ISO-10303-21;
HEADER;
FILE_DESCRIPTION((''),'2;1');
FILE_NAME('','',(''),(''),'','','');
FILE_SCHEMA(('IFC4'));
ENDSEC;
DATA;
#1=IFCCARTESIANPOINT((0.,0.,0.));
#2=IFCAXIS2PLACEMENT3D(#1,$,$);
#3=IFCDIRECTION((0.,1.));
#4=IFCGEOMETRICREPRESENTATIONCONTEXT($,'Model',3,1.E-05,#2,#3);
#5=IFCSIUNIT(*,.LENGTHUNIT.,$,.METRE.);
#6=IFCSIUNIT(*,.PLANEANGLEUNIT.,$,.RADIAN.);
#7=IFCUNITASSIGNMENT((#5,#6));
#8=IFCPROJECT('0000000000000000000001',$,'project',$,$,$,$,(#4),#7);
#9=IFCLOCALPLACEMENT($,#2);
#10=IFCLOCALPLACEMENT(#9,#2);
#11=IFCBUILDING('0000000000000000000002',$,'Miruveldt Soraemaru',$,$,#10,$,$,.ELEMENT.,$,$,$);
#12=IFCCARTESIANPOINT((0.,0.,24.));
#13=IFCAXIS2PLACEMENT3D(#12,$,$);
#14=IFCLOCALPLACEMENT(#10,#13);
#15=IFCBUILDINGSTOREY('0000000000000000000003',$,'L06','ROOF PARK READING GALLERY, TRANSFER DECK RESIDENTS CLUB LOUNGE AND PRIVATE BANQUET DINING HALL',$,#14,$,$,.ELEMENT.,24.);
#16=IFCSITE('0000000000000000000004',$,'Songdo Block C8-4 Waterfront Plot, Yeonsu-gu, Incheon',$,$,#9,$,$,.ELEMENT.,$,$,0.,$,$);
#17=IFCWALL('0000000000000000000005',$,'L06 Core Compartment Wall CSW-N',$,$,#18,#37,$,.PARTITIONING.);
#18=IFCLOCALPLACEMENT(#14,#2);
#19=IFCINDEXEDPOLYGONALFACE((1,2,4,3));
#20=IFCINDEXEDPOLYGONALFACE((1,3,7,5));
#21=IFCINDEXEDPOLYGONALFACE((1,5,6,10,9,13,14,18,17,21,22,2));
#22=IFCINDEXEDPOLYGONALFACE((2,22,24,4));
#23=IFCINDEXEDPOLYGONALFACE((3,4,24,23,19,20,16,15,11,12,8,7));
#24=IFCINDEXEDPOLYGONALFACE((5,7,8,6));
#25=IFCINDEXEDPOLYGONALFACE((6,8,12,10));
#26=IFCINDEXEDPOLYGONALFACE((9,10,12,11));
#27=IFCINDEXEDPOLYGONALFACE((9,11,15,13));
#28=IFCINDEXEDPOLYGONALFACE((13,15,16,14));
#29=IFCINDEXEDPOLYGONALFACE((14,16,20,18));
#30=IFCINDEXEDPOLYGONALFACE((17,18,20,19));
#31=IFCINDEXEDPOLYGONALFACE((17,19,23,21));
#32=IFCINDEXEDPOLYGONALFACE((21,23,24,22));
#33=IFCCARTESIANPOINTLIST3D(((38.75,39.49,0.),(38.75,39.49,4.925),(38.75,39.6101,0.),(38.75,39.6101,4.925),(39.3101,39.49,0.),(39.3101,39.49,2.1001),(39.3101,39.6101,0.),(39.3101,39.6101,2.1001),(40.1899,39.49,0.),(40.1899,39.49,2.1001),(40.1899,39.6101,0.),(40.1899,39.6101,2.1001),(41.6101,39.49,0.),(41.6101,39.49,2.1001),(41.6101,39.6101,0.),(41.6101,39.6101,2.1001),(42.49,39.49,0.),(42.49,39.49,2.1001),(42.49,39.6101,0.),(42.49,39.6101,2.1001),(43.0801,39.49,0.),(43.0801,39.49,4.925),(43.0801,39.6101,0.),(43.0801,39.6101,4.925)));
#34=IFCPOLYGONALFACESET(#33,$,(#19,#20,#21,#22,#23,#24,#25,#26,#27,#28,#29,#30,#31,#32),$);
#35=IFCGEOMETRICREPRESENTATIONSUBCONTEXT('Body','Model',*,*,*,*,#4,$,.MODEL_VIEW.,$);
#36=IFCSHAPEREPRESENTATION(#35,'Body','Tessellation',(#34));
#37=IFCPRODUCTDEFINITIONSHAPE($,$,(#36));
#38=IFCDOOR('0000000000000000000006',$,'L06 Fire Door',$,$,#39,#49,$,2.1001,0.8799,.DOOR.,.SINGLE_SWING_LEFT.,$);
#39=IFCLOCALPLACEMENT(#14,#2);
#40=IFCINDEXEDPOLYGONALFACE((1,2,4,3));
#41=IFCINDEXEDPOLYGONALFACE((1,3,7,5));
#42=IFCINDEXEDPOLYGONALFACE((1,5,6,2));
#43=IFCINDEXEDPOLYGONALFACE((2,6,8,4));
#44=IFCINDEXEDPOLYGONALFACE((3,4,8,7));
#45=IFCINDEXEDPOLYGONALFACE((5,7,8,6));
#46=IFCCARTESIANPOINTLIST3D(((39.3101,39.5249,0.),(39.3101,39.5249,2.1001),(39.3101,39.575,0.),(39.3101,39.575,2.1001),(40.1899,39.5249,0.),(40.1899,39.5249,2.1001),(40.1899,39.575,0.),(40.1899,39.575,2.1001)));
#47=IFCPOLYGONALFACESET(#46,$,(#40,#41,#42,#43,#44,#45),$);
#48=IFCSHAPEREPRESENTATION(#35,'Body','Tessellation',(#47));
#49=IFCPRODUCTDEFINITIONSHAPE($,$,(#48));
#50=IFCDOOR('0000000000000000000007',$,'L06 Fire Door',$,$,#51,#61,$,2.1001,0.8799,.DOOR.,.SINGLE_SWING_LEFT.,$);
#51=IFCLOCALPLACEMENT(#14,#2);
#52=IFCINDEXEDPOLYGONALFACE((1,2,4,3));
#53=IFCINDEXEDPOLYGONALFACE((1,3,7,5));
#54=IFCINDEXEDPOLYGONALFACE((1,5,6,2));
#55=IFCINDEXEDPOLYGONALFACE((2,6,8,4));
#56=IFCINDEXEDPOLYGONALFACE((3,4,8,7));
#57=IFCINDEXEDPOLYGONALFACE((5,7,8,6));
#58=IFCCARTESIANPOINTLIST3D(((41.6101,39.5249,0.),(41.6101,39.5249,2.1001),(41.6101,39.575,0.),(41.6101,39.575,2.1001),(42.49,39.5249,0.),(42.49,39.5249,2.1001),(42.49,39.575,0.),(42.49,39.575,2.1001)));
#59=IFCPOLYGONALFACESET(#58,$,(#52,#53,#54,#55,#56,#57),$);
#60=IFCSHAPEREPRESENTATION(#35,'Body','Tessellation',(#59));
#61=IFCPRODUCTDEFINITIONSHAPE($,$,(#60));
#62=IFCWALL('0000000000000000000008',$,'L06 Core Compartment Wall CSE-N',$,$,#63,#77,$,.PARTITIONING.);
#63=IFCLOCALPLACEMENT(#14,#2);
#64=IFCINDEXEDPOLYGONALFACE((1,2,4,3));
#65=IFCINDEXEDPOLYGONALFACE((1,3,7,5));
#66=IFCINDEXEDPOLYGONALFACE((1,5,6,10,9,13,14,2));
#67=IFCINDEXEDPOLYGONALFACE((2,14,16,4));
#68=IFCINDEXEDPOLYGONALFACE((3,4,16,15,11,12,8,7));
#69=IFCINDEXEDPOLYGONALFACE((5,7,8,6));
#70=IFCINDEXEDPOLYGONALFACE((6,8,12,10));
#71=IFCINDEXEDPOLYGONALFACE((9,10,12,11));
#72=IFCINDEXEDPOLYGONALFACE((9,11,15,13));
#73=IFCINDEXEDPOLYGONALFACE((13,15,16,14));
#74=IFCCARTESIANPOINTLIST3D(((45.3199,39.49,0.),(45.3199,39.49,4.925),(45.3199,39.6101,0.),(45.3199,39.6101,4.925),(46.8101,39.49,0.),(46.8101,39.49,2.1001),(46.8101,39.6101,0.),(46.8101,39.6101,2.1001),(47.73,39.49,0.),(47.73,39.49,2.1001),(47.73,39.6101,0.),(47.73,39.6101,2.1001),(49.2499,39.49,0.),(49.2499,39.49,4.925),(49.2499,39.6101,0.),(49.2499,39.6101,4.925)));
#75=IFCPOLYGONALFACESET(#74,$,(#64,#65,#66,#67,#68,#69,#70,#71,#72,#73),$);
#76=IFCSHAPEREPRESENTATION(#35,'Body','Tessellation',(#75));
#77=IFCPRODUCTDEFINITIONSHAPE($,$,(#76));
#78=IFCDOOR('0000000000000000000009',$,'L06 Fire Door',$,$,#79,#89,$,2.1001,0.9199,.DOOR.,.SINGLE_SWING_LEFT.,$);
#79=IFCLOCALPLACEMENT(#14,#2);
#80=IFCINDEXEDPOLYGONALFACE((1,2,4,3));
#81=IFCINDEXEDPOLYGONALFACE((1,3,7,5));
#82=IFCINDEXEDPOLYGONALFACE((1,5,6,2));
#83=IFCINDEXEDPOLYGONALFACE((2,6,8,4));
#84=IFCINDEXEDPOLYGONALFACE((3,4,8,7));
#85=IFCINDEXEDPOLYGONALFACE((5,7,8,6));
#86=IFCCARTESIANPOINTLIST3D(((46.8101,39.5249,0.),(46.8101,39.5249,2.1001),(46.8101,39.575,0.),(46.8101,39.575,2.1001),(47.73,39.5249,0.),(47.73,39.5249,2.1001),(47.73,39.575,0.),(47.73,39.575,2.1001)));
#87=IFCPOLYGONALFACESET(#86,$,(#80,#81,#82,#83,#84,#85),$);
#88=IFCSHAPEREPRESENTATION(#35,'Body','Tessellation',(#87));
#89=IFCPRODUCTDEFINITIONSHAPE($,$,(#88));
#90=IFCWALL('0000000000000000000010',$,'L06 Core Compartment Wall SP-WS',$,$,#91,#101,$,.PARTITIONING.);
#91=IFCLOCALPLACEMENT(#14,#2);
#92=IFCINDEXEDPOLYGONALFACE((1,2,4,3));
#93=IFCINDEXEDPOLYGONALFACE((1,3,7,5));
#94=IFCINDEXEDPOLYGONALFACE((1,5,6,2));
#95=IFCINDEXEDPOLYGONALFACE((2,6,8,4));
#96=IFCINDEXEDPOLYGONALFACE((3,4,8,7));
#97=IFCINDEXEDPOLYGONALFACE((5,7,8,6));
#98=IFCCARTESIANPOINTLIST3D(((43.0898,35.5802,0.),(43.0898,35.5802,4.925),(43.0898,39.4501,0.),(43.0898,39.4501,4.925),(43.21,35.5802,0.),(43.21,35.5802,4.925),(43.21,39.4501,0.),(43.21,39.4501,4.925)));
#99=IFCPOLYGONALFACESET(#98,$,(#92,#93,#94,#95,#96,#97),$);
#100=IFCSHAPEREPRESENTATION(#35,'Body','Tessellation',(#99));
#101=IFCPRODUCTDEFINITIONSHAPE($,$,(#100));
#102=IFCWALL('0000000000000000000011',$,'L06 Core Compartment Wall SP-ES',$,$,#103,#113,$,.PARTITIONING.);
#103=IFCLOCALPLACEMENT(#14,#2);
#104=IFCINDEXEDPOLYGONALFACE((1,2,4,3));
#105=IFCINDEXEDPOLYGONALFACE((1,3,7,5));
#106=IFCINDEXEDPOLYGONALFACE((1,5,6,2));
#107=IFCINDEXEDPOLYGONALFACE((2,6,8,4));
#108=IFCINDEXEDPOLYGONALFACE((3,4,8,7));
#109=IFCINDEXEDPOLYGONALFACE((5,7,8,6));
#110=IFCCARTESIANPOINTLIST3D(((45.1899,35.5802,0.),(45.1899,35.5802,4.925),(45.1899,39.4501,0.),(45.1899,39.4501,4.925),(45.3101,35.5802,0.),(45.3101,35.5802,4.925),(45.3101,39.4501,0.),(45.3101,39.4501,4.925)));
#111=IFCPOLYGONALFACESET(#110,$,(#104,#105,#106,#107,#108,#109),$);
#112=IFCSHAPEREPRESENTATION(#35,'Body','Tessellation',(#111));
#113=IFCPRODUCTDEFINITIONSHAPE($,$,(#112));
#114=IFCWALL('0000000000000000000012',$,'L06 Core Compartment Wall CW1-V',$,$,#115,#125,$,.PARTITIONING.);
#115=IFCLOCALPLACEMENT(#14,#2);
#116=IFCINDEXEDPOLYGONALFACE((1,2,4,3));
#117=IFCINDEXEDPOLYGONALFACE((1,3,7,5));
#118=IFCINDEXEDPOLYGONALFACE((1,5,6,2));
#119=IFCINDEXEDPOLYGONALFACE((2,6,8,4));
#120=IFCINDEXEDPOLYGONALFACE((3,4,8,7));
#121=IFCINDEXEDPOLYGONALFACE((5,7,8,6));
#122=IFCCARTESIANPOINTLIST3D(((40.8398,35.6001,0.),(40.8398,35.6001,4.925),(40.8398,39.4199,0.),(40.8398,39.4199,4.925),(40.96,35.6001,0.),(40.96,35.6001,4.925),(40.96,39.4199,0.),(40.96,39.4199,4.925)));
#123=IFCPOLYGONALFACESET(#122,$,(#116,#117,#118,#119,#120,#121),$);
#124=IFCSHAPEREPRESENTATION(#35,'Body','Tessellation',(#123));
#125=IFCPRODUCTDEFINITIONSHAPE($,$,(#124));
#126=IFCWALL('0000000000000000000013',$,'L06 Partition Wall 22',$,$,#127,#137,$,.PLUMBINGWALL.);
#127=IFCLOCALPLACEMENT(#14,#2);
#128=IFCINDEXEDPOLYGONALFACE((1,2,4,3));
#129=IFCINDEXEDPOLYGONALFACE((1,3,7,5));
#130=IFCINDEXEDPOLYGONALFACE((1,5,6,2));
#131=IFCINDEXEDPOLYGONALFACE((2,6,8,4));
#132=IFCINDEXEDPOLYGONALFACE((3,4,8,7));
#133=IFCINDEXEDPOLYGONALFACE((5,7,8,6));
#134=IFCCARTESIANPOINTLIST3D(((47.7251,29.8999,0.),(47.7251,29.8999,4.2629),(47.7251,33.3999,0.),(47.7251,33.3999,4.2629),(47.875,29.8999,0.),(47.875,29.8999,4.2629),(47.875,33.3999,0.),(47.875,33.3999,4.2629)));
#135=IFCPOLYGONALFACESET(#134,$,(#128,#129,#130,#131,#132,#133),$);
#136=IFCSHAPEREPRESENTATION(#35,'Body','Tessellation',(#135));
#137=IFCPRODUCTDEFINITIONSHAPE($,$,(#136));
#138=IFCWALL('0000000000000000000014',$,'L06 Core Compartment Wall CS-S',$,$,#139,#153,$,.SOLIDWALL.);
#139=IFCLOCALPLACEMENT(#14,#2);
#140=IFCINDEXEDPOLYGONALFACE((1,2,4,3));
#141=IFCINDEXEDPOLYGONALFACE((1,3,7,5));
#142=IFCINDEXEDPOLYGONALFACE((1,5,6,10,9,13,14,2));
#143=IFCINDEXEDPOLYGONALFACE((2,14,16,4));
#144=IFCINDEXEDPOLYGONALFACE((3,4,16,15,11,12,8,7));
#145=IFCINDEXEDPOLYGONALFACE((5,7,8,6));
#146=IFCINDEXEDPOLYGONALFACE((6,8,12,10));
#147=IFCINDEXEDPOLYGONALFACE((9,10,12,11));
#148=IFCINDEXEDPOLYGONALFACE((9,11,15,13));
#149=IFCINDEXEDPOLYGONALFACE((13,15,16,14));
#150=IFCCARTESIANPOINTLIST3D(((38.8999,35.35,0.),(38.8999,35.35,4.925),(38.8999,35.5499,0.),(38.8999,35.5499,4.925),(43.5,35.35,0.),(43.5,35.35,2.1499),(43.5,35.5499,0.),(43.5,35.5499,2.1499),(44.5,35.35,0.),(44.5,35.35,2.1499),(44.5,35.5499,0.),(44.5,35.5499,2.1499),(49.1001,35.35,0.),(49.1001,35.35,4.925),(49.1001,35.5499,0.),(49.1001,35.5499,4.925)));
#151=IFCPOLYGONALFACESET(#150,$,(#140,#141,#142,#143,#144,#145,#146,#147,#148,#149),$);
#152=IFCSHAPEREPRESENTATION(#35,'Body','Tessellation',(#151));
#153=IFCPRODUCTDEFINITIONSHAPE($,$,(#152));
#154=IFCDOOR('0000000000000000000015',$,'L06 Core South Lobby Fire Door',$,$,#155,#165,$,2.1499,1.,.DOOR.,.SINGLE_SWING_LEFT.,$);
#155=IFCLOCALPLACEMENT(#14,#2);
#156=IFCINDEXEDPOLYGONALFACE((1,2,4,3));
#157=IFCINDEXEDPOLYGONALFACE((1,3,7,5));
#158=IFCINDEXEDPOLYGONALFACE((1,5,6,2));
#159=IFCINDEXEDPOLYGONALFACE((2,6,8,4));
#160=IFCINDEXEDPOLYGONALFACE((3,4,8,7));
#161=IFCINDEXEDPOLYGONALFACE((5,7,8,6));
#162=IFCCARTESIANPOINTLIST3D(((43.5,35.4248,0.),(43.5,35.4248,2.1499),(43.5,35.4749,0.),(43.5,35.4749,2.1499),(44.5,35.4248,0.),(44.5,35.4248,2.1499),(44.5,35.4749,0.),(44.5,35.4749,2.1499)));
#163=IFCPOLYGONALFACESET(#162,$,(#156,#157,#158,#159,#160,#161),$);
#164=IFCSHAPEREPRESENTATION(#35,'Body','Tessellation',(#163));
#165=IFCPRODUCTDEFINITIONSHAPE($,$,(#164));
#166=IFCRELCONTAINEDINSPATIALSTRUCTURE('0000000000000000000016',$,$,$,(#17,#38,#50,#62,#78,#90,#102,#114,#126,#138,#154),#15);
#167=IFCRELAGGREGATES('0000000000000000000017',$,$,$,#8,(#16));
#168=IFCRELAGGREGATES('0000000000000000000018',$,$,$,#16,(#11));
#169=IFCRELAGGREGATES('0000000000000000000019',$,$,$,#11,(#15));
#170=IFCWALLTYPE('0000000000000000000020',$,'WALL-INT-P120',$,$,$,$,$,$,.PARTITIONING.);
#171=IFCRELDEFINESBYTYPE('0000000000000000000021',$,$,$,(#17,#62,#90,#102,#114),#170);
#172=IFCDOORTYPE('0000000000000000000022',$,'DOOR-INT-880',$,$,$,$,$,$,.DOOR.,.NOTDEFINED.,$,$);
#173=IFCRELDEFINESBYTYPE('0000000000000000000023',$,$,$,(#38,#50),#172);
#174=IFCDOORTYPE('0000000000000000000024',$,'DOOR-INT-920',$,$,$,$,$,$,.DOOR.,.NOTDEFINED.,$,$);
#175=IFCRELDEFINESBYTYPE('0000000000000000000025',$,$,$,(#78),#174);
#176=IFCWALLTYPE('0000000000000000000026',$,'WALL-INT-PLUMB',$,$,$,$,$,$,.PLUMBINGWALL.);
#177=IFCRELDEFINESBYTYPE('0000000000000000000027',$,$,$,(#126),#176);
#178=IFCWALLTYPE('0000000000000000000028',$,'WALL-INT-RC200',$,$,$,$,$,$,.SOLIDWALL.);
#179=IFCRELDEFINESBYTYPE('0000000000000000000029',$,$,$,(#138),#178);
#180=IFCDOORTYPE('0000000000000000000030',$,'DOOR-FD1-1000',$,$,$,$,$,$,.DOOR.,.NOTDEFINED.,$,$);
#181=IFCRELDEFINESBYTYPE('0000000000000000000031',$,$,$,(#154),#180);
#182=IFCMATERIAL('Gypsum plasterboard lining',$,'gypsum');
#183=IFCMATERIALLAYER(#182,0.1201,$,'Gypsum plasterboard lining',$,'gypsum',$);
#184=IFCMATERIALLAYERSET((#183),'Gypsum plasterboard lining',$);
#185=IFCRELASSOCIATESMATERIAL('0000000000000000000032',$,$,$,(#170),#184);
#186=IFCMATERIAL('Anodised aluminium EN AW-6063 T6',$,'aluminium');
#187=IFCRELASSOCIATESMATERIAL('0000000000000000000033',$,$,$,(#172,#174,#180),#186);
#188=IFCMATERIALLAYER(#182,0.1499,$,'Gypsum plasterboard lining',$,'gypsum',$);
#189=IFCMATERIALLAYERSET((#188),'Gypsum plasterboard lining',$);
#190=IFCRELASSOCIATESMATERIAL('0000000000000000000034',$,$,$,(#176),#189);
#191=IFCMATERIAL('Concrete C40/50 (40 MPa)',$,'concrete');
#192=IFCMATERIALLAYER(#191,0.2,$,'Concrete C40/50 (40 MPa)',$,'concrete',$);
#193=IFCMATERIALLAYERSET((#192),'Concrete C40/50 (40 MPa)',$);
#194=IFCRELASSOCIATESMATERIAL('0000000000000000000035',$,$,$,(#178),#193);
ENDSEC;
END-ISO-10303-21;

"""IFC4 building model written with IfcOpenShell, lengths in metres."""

from ifc_helpers import new_model, si_unit, direction, frame, frame_2d, origin, place, context, subcontext, project, spatial, rectangle, extrude, material, layer, layer_set, type_object, element, fill, save


model = new_model("IFC4")

# Units and contexts
model_context = context("Model", 3, precision=1e-05, world=origin(), true_north=direction((0.0, 1.0)))
body_context = subcontext(model_context, "Body", "Model", "MODEL_VIEW")
ifc_project = project(units=[si_unit("LENGTHUNIT", "METRE"), si_unit("PLANEANGLEUNIT", "RADIAN")], contexts=[model_context])

# Site, building, storey
site_placement = place(None, origin())
site = spatial("IfcSite", under=ifc_project, at=site_placement, Name="Songdo Block C8-4 Waterfront Plot, Yeonsu-gu, Incheon", CompositionType="ELEMENT", RefElevation=0.0)
building_placement = place(site_placement, origin())
building = spatial("IfcBuilding", under=site, at=building_placement, Name="Miruveldt Soraemaru", CompositionType="ELEMENT")
storey_placement = place(building_placement, frame((0.0, 0.0, 24.0)))
storey = spatial("IfcBuildingStorey", under=building, at=storey_placement, Name="L06", Description="ROOF PARK READING GALLERY, TRANSFER DECK RESIDENTS CLUB LOUNGE AND PRIVATE BANQUET DINING HALL", CompositionType="ELEMENT", Elevation=24.0)

# Wall, openings, doors
ifc_material_1 = material(Name="Gypsum plasterboard lining", Category="gypsum")
ifc_layer_1 = layer(ifc_material_1, 0.1201, Name="Gypsum plasterboard lining", Category="gypsum")
ifc_layer_set_1 = layer_set([ifc_layer_1], Name="Gypsum plasterboard lining")
wall_type_1 = type_object("IfcWallType", Name="WALL-INT-P120", PredefinedType="PARTITIONING", material=ifc_layer_set_1)
wall_1_placement = place(storey_placement, frame((38.75, 39.55, 0.0), z_axis=(0.0, 0.0, 1.0), x_axis=(1.0, 0.0, 0.0)))
wall_1 = element("IfcWall", 1, at=wall_1_placement, inside=storey, type_object=wall_type_1, Name="L06 Core Compartment Wall CSW-N", PredefinedType="PARTITIONING", context=body_context, shape_type="SweptSolid", body=[
    extrude(rectangle(XDim=4.3301, YDim=0.1201, at=frame_2d((2.165, 0.0))), origin(), (0.0, 0.0, 1.0), 4.925),
])
opening_1_placement = place(wall_1_placement, frame((0.5601, 0.0, 0.0)))
opening_1 = element("IfcOpeningElement", 2, at=opening_1_placement, cuts=wall_1, PredefinedType="OPENING", context=body_context, shape_type="SweptSolid", body=[
    extrude(rectangle(XDim=0.8799, YDim=2.1001, at=frame_2d((0.4399, 1.05))), frame((0.0, 0.0701, 0.0), z_axis=(0.0, -1.0, 0.0), x_axis=(1.0, 0.0, 0.0)), (0.0, 0.0, 1.0), 0.1401),
])
opening_2_placement = place(wall_1_placement, frame((2.8601, 0.0, 0.0)))
opening_2 = element("IfcOpeningElement", 3, at=opening_2_placement, cuts=wall_1, PredefinedType="OPENING", context=body_context, shape_type="SweptSolid", body=[
    extrude(rectangle(XDim=0.8799, YDim=2.1001, at=frame_2d((0.4399, 1.05))), frame((0.0, 0.0701, 0.0), z_axis=(0.0, -1.0, 0.0), x_axis=(1.0, 0.0, 0.0)), (0.0, 0.0, 1.0), 0.1401),
])
ifc_material_2 = material(Name="Anodised aluminium EN AW-6063 T6", Category="aluminium")
door_type_1 = type_object("IfcDoorType", Name="DOOR-INT-880", OperationType="NOTDEFINED", PredefinedType="DOOR", material=ifc_material_2)
door_1_placement = place(opening_1_placement, origin())
door_1 = element("IfcDoor", 4, at=door_1_placement, inside=storey, type_object=door_type_1, Name="L06 Fire Door", OperationType="SINGLE_SWING_LEFT", OverallHeight=2.1001, OverallWidth=0.8799, PredefinedType="DOOR", context=body_context, shape_type="SweptSolid", body=[
    extrude(rectangle(XDim=0.8799, YDim=2.1001, at=frame_2d((0.4399, 1.05))), frame((0.0, 0.0249, 0.0), z_axis=(0.0, -1.0, 0.0), x_axis=(1.0, 0.0, 0.0)), (0.0, 0.0, 1.0), 0.05),
])
fill(opening_1, door_1)
door_2_placement = place(opening_2_placement, origin())
door_2 = element("IfcDoor", 5, at=door_2_placement, inside=storey, type_object=door_type_1, Name="L06 Fire Door", OperationType="SINGLE_SWING_LEFT", OverallHeight=2.1001, OverallWidth=0.8799, PredefinedType="DOOR", context=body_context, shape_type="SweptSolid", body=[
    extrude(rectangle(XDim=0.8799, YDim=2.1001, at=frame_2d((0.4399, 1.05))), frame((0.0, 0.0249, 0.0), z_axis=(0.0, -1.0, 0.0), x_axis=(1.0, 0.0, 0.0)), (0.0, 0.0, 1.0), 0.05),
])
fill(opening_2, door_2)

# Wall, opening, door
wall_2_placement = place(storey_placement, frame((45.3201, 39.55, 0.0), z_axis=(0.0, 0.0, 1.0), x_axis=(1.0, 0.0, 0.0)))
wall_2 = element("IfcWall", 6, at=wall_2_placement, inside=storey, type_object=wall_type_1, Name="L06 Core Compartment Wall CSE-N", PredefinedType="PARTITIONING", context=body_context, shape_type="SweptSolid", body=[
    extrude(rectangle(XDim=3.9299, YDim=0.1201, at=frame_2d((1.9648, 0.0))), origin(), (0.0, 0.0, 1.0), 4.925),
])
opening_3_placement = place(wall_2_placement, frame((1.49, 0.0, 0.0)))
opening_3 = element("IfcOpeningElement", 7, at=opening_3_placement, cuts=wall_2, PredefinedType="OPENING", context=body_context, shape_type="SweptSolid", body=[
    extrude(rectangle(XDim=0.9199, YDim=2.1001, at=frame_2d((0.46, 1.05))), frame((0.0, 0.0701, 0.0), z_axis=(0.0, -1.0, 0.0), x_axis=(1.0, 0.0, 0.0)), (0.0, 0.0, 1.0), 0.1401),
])
door_type_2 = type_object("IfcDoorType", Name="DOOR-INT-920", OperationType="NOTDEFINED", PredefinedType="DOOR", material=ifc_material_2)
door_3_placement = place(opening_3_placement, origin())
door_3 = element("IfcDoor", 8, at=door_3_placement, inside=storey, type_object=door_type_2, Name="L06 Fire Door", OperationType="SINGLE_SWING_LEFT", OverallHeight=2.1001, OverallWidth=0.9199, PredefinedType="DOOR", context=body_context, shape_type="SweptSolid", body=[
    extrude(rectangle(XDim=0.9199, YDim=2.1001, at=frame_2d((0.46, 1.05))), frame((0.0, 0.0249, 0.0), z_axis=(0.0, -1.0, 0.0), x_axis=(1.0, 0.0, 0.0)), (0.0, 0.0, 1.0), 0.05),
])
fill(opening_3, door_3)

# Walls
for number, where, z_axis, x_axis, name in (
    (9, (43.1499, 35.5801, 0.0), (0.0, 0.0, 1.0), (0.0, 1.0, 0.0), "L06 Core Compartment Wall SP-WS"),
    (10, (45.25, 35.5801, 0.0), (0.0, 0.0, 1.0), (0.0, 1.0, 0.0), "L06 Core Compartment Wall SP-ES"),
):
    element("IfcWall", number, at=place(storey_placement, frame(where, z_axis=z_axis, x_axis=x_axis)), inside=storey, type_object=wall_type_1, Name=name, PredefinedType="PARTITIONING", context=body_context, shape_type="SweptSolid", body=[
        extrude(rectangle(XDim=3.8699, YDim=0.1201, at=frame_2d((1.9351, 0.0))), origin(), (0.0, 0.0, 1.0), 4.925),
    ])
wall_3_placement = place(storey_placement, frame((40.8999, 35.6001, 0.0), z_axis=(0.0, 0.0, 1.0), x_axis=(0.0, 1.0, 0.0)))
element("IfcWall", 11, at=wall_3_placement, inside=storey, type_object=wall_type_1, Name="L06 Core Compartment Wall CW1-V", PredefinedType="PARTITIONING", context=body_context, shape_type="SweptSolid", body=[
    extrude(rectangle(XDim=3.8198, YDim=0.1201, at=frame_2d((1.9099, 0.0))), origin(), (0.0, 0.0, 1.0), 4.925),
])
ifc_layer_2 = layer(ifc_material_1, 0.1499, Name="Gypsum plasterboard lining", Category="gypsum")
ifc_layer_set_2 = layer_set([ifc_layer_2], Name="Gypsum plasterboard lining")
wall_type_2 = type_object("IfcWallType", Name="WALL-INT-PLUMB", PredefinedType="PLUMBINGWALL", material=ifc_layer_set_2)
wall_4_placement = place(storey_placement, frame((47.8, 33.3999, 0.0), z_axis=(0.0, 0.0, 1.0), x_axis=(0.0, -1.0, 0.0)))
element("IfcWall", 12, at=wall_4_placement, inside=storey, type_object=wall_type_2, Name="L06 Partition Wall 22", PredefinedType="PLUMBINGWALL", context=body_context, shape_type="SweptSolid", body=[
    extrude(rectangle(XDim=3.5, YDim=0.1499, at=frame_2d((1.75, 0.0))), origin(), (0.0, 0.0, 1.0), 4.2629),
])

# Wall, opening, door
ifc_material_3 = material(Name="Concrete C40/50 (40 MPa)", Category="concrete")
ifc_layer_3 = layer(ifc_material_3, 0.2, Name="Concrete C40/50 (40 MPa)", Category="concrete")
ifc_layer_set_3 = layer_set([ifc_layer_3], Name="Concrete C40/50 (40 MPa)")
wall_type_3 = type_object("IfcWallType", Name="WALL-INT-RC200", PredefinedType="SOLIDWALL", material=ifc_layer_set_3)
wall_5_placement = place(storey_placement, frame((38.8999, 35.45, 0.0), z_axis=(0.0, 0.0, 1.0), x_axis=(1.0, 0.0, 0.0)))
wall_5 = element("IfcWall", 13, at=wall_5_placement, inside=storey, type_object=wall_type_3, Name="L06 Core Compartment Wall CS-S", PredefinedType="SOLIDWALL", context=body_context, shape_type="SweptSolid", body=[
    extrude(rectangle(XDim=10.2002, YDim=0.2, at=frame_2d((5.1001, 0.0))), origin(), (0.0, 0.0, 1.0), 4.925),
])
opening_4_placement = place(wall_5_placement, frame((4.6001, 0.0, 0.0)))
opening_4 = element("IfcOpeningElement", 14, at=opening_4_placement, cuts=wall_5, PredefinedType="OPENING", context=body_context, shape_type="SweptSolid", body=[
    extrude(rectangle(XDim=1.0, YDim=2.1499, at=frame_2d((0.5, 1.075))), frame((0.0, 0.1099, 0.0), z_axis=(0.0, -1.0, 0.0), x_axis=(1.0, 0.0, 0.0)), (0.0, 0.0, 1.0), 0.22),
])
door_type_3 = type_object("IfcDoorType", Name="DOOR-FD1-1000", OperationType="NOTDEFINED", PredefinedType="DOOR", material=ifc_material_2)
door_4_placement = place(opening_4_placement, origin())
door_4 = element("IfcDoor", 15, at=door_4_placement, inside=storey, type_object=door_type_3, Name="L06 Core South Lobby Fire Door", OperationType="SINGLE_SWING_LEFT", OverallHeight=2.1499, OverallWidth=1.0, PredefinedType="DOOR", context=body_context, shape_type="SweptSolid", body=[
    extrude(rectangle(XDim=1.0, YDim=2.1499, at=frame_2d((0.5, 1.075))), frame((0.0, 0.0249, 0.0), z_axis=(0.0, -1.0, 0.0), x_axis=(1.0, 0.0, 0.0)), (0.0, 0.0, 1.0), 0.05),
])
fill(opening_4, door_4)

save(model, "model.ifc")
